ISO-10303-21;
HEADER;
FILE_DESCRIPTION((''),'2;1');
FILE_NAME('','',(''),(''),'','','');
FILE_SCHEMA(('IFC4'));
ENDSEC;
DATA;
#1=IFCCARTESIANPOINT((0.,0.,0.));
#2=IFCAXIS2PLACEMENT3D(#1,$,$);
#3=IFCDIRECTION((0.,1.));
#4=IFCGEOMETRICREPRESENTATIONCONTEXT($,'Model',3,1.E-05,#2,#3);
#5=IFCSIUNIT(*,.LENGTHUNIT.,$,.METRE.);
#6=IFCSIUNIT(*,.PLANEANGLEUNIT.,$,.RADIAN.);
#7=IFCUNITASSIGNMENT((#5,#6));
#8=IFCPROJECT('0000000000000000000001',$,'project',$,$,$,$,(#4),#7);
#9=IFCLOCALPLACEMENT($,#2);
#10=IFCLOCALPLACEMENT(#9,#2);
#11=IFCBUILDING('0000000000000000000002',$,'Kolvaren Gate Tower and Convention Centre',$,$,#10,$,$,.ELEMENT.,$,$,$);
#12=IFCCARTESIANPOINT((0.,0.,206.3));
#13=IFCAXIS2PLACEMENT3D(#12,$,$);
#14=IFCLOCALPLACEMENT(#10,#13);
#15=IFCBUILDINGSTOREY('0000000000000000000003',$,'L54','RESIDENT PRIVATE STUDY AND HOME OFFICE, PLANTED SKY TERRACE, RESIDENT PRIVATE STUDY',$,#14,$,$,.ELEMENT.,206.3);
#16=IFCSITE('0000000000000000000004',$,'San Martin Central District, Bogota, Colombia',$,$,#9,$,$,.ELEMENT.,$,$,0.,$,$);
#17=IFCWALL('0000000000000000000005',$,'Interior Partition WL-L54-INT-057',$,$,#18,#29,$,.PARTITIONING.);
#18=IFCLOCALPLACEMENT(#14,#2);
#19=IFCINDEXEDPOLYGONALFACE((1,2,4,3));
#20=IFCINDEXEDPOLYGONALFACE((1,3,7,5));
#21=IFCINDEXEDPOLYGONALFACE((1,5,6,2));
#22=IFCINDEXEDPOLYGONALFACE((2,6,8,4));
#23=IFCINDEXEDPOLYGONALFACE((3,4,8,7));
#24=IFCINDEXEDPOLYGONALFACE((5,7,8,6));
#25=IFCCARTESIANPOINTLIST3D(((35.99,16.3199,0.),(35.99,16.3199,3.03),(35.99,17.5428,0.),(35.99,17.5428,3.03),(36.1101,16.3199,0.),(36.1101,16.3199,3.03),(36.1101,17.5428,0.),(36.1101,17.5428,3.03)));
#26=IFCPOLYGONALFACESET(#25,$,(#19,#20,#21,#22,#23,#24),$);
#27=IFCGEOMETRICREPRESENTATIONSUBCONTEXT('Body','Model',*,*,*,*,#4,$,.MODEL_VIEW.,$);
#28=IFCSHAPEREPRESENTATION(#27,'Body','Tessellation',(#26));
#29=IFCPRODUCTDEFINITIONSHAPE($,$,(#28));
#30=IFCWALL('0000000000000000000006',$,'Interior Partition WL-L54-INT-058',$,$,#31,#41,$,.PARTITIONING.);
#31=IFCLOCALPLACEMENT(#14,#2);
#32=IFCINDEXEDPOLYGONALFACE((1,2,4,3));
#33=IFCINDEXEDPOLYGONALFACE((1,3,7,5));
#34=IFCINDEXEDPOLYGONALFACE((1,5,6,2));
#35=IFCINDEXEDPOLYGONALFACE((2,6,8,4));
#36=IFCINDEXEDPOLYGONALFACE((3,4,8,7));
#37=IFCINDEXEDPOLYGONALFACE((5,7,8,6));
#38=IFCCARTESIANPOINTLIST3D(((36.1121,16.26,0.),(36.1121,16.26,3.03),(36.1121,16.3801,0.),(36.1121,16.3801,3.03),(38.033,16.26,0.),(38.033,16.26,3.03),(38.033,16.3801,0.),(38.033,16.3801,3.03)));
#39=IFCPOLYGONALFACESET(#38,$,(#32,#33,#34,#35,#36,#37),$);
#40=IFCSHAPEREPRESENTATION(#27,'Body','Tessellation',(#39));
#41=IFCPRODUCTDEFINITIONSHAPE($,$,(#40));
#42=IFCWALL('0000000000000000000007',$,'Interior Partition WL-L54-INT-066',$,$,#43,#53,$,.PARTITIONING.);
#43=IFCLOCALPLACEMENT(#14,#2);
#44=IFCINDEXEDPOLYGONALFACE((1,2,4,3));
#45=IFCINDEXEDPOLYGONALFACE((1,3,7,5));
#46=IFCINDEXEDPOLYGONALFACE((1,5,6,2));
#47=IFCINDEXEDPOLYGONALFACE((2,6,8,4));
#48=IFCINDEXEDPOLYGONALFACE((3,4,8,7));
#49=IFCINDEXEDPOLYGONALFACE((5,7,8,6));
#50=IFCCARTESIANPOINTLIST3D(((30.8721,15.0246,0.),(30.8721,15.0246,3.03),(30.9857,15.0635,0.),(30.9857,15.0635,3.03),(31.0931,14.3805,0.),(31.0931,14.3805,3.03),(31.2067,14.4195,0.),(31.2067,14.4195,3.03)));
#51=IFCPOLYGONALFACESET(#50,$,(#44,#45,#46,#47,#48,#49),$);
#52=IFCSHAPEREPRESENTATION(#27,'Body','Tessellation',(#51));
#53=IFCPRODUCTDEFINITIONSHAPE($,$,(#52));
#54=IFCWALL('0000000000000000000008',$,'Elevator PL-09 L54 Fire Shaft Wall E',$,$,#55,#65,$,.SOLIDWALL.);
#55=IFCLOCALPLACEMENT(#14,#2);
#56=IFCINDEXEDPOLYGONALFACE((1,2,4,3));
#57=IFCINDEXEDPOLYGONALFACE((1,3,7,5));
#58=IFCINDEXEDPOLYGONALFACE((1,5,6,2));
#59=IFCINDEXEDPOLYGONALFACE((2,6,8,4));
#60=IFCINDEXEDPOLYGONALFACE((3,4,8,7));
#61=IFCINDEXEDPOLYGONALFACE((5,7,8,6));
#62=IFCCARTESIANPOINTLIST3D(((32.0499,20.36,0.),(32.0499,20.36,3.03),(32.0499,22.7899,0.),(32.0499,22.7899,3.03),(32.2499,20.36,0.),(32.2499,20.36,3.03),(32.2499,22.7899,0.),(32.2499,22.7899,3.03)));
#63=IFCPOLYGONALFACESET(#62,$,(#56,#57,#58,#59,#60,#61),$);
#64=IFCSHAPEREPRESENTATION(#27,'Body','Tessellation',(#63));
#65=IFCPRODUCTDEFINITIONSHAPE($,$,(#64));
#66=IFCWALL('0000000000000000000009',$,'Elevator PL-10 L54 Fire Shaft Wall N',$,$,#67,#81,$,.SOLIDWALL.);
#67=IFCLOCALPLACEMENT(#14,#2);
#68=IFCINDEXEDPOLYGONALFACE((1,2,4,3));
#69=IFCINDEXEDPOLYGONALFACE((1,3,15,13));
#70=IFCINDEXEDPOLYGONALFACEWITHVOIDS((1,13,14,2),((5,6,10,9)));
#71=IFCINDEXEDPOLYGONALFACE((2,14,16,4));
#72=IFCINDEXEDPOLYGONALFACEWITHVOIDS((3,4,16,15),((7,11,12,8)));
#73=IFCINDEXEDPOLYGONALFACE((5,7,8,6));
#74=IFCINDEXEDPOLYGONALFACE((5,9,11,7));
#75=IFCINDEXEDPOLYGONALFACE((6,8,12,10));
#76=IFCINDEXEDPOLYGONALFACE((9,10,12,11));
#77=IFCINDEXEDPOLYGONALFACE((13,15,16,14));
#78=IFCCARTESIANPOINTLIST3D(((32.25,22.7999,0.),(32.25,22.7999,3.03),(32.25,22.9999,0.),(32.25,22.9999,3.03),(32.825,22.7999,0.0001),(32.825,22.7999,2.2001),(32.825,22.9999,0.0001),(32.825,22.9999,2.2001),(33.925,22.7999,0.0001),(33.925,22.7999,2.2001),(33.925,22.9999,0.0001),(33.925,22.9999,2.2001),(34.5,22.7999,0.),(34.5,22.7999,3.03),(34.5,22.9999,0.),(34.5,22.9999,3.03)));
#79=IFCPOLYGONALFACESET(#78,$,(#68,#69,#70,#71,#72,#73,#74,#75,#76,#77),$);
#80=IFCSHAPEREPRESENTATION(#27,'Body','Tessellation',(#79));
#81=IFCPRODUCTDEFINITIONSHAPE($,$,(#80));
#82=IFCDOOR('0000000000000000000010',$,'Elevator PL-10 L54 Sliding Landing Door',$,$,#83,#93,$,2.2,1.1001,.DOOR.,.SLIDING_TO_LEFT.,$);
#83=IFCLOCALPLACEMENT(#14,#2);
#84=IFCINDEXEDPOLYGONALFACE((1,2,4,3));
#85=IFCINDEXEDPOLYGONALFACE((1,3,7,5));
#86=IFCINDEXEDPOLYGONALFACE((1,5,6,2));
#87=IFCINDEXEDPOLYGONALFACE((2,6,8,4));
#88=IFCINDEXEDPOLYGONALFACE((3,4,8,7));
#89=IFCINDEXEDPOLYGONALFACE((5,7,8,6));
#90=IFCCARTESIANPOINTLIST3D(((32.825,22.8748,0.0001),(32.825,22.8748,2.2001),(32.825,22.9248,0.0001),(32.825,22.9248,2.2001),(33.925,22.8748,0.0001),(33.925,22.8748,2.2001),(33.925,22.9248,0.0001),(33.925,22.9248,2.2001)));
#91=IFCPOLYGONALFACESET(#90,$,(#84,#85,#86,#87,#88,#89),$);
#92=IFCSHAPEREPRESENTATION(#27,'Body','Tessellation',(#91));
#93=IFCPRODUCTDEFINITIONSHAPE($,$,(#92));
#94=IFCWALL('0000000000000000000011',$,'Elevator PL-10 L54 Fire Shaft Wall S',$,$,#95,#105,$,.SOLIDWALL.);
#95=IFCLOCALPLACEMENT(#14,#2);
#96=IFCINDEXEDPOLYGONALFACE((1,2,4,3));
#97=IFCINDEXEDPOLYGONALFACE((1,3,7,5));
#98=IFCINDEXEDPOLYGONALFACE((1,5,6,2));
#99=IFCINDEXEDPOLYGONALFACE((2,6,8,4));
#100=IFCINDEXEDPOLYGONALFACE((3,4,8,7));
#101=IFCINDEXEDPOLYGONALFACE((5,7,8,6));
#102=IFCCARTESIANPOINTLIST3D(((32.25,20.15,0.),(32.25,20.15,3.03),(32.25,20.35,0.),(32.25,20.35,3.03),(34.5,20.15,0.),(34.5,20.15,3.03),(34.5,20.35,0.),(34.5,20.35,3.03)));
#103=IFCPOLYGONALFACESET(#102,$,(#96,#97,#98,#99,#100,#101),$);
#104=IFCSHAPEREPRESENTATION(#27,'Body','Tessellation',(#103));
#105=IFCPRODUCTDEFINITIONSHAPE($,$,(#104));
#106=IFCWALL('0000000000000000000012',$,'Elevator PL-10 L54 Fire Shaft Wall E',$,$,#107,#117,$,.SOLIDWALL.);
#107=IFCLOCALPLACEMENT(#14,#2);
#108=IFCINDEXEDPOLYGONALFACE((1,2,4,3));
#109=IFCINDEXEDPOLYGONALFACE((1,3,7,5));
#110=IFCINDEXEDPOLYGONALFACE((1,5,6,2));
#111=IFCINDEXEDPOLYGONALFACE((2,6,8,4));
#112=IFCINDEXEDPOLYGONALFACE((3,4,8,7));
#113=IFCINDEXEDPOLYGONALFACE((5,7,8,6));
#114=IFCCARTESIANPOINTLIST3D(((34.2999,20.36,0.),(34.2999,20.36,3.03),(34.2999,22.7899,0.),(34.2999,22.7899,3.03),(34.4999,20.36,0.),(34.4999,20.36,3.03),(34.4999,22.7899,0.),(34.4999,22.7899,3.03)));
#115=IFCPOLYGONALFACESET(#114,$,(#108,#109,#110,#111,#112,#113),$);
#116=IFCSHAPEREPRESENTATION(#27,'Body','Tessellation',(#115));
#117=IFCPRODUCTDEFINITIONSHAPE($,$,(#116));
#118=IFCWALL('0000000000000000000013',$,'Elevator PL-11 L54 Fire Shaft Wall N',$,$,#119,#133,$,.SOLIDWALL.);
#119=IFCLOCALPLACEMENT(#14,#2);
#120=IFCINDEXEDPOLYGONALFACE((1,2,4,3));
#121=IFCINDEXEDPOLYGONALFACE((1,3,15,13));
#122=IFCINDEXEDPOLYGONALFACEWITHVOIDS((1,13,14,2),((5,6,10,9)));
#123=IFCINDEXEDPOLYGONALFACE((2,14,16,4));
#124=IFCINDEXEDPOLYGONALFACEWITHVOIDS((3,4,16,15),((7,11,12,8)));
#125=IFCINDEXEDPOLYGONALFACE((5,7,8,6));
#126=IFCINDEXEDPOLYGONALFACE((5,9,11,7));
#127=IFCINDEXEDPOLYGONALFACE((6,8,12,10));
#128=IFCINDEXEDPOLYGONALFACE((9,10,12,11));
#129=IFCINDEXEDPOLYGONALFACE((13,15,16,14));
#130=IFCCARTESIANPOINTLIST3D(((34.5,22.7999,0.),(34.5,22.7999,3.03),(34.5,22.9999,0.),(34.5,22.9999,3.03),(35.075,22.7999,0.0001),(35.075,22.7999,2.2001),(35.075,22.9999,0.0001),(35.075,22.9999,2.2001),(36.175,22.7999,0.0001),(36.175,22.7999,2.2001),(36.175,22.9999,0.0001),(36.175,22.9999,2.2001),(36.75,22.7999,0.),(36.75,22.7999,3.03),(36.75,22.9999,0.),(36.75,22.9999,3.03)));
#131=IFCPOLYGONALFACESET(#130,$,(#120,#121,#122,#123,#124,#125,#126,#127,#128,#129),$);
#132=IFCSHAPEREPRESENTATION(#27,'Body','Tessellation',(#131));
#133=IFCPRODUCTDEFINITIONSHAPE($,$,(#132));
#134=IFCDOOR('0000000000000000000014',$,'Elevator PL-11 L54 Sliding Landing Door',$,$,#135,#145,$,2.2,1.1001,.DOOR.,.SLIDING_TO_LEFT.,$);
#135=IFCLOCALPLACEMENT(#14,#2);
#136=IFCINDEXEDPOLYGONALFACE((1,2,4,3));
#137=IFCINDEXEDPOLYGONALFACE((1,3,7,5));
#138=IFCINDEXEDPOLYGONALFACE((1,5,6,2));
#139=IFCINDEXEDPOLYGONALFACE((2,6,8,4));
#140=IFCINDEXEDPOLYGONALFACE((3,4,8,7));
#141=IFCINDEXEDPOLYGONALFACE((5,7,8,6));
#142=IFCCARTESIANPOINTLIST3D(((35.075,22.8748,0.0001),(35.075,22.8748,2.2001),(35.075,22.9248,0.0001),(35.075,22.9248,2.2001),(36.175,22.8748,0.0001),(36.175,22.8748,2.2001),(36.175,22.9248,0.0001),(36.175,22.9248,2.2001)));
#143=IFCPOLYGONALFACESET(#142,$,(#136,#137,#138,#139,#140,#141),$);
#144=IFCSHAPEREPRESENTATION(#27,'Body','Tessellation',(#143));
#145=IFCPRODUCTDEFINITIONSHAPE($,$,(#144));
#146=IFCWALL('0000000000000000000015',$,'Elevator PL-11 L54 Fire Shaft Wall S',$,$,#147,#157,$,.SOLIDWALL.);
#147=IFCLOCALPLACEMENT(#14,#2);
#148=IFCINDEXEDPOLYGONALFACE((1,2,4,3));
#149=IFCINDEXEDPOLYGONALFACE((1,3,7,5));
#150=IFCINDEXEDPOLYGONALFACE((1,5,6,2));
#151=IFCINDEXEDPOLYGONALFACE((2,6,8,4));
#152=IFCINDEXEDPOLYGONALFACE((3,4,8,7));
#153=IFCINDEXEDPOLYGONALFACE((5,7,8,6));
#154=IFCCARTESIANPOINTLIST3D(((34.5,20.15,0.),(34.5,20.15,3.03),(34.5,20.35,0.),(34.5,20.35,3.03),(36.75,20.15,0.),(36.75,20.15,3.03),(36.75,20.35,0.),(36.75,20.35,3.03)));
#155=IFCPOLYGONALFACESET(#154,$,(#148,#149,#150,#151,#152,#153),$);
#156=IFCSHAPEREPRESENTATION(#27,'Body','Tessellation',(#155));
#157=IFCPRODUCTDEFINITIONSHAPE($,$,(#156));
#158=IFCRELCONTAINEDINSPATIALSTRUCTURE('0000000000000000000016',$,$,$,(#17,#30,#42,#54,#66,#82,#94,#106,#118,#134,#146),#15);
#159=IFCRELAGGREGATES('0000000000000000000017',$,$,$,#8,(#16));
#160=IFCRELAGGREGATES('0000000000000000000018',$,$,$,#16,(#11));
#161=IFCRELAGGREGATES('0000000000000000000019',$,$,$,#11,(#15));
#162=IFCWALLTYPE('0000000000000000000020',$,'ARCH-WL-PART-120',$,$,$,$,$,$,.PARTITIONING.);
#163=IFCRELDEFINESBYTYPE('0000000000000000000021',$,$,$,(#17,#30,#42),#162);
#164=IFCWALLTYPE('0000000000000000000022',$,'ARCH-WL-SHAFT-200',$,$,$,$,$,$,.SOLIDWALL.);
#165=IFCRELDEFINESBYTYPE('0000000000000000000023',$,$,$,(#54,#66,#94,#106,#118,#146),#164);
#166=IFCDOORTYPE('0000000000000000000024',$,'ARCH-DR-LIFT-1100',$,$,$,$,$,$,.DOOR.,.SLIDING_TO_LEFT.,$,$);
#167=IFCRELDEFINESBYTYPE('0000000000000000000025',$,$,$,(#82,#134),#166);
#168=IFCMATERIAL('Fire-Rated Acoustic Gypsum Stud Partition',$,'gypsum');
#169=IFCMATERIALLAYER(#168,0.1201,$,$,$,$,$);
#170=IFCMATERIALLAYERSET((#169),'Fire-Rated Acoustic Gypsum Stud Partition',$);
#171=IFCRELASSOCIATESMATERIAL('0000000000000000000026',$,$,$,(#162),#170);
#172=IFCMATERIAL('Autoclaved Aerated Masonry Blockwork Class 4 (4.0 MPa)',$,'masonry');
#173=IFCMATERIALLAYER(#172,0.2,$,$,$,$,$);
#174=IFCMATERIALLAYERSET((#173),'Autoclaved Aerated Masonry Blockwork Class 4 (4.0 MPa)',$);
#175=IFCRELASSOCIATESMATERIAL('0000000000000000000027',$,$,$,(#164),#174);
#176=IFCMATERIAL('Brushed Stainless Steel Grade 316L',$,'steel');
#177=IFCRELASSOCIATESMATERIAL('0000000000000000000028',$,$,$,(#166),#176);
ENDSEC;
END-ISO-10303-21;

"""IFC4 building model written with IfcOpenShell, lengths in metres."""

from ifc_helpers import new_model, si_unit, direction, frame, frame_2d, origin, place, context, subcontext, project, spatial, rectangle, extrude, material, layer, layer_set, type_object, element, fill, save


model = new_model("IFC4")

# Units and contexts
model_context = context("Model", 3, precision=1e-05, world=origin(), true_north=direction((0.0, 1.0)))
body_context = subcontext(model_context, "Body", "Model", "MODEL_VIEW")
ifc_project = project(units=[si_unit("LENGTHUNIT", "METRE"), si_unit("PLANEANGLEUNIT", "RADIAN")], contexts=[model_context])

# Site, building, storey
site_placement = place(None, origin())
site = spatial("IfcSite", under=ifc_project, at=site_placement, Name="San Martin Central District, Bogota, Colombia", CompositionType="ELEMENT", RefElevation=0.0)
building_placement = place(site_placement, origin())
building = spatial("IfcBuilding", under=site, at=building_placement, Name="Kolvaren Gate Tower and Convention Centre", CompositionType="ELEMENT")
storey_placement = place(building_placement, frame((0.0, 0.0, 206.3)))
storey = spatial("IfcBuildingStorey", under=building, at=storey_placement, Name="L54", Description="RESIDENT PRIVATE STUDY AND HOME OFFICE, PLANTED SKY TERRACE, RESIDENT PRIVATE STUDY", CompositionType="ELEMENT", Elevation=206.3)

# Walls
ifc_material_1 = material(Name="Fire-Rated Acoustic Gypsum Stud Partition", Category="gypsum")
ifc_layer_1 = layer(ifc_material_1, 0.1201)
ifc_layer_set_1 = layer_set([ifc_layer_1], Name="Fire-Rated Acoustic Gypsum Stud Partition")
wall_type_1 = type_object("IfcWallType", Name="ARCH-WL-PART-120", PredefinedType="PARTITIONING", material=ifc_layer_set_1)
wall_1_placement = place(storey_placement, frame((36.05, 16.3201, 0.0), z_axis=(0.0, 0.0, 1.0), x_axis=(0.0, 1.0, 0.0)))
element("IfcWall", 1, at=wall_1_placement, inside=storey, type_object=wall_type_1, Name="Interior Partition WL-L54-INT-057", PredefinedType="PARTITIONING", context=body_context, shape_type="SweptSolid", body=[
    extrude(rectangle(XDim=1.2229, YDim=0.1201, at=frame_2d((0.6113, 0.0))), origin(), (0.0, 0.0, 1.0), 3.03),
])
wall_2_placement = place(storey_placement, frame((36.1121, 16.3201, 0.0), z_axis=(0.0, 0.0, 1.0), x_axis=(1.0, 0.0, 0.0)))
element("IfcWall", 2, at=wall_2_placement, inside=storey, type_object=wall_type_1, Name="Interior Partition WL-L54-INT-058", PredefinedType="PARTITIONING", context=body_context, shape_type="SweptSolid", body=[
    extrude(rectangle(XDim=1.9209, YDim=0.1201, at=frame_2d((0.9604, 0.0))), origin(), (0.0, 0.0, 1.0), 3.03),
])
wall_3_placement = place(storey_placement, frame((30.929, 15.0439, 0.0), z_axis=(0.0, 0.0, 1.0), x_axis=(0.324498, -0.945886, 0.0)))
element("IfcWall", 3, at=wall_3_placement, inside=storey, type_object=wall_type_1, Name="Interior Partition WL-L54-INT-066", PredefinedType="PARTITIONING", context=body_context, shape_type="SweptSolid", body=[
    extrude(rectangle(XDim=0.6809, YDim=0.1201, at=frame_2d((0.3403, 0.0))), origin(), (0.0, 0.0, 1.0), 3.03),
])
ifc_material_2 = material(Name="Autoclaved Aerated Masonry Blockwork Class 4 (4.0 MPa)", Category="masonry")
ifc_layer_2 = layer(ifc_material_2, 0.2)
ifc_layer_set_2 = layer_set([ifc_layer_2], Name="Autoclaved Aerated Masonry Blockwork Class 4 (4.0 MPa)")
wall_type_2 = type_object("IfcWallType", Name="ARCH-WL-SHAFT-200", PredefinedType="SOLIDWALL", material=ifc_layer_set_2)
wall_4_placement = place(storey_placement, frame((32.1499, 20.3601, 0.0), z_axis=(0.0, 0.0, 1.0), x_axis=(0.0, 1.0, 0.0)))
element("IfcWall", 4, at=wall_4_placement, inside=storey, type_object=wall_type_2, Name="Elevator PL-09 L54 Fire Shaft Wall E", PredefinedType="SOLIDWALL", context=body_context, shape_type="SweptSolid", body=[
    extrude(rectangle(XDim=2.4299, YDim=0.2, at=frame_2d((1.2148, 0.0))), origin(), (0.0, 0.0, 1.0), 3.03),
])

# Wall, opening, door
wall_5_placement = place(storey_placement, frame((32.25, 22.8999, 0.0), z_axis=(0.0, 0.0, 1.0), x_axis=(1.0, 0.0, 0.0)))
wall_5 = element("IfcWall", 5, at=wall_5_placement, inside=storey, type_object=wall_type_2, Name="Elevator PL-10 L54 Fire Shaft Wall N", PredefinedType="SOLIDWALL", context=body_context, shape_type="SweptSolid", body=[
    extrude(rectangle(XDim=2.25, YDim=0.2, at=frame_2d((1.125, 0.0))), origin(), (0.0, 0.0, 1.0), 3.03),
])
opening_1_placement = place(wall_5_placement, frame((0.575, 0.0, 0.0)))
opening_1 = element("IfcOpeningElement", 6, at=opening_1_placement, cuts=wall_5, PredefinedType="OPENING", context=body_context, shape_type="SweptSolid", body=[
    extrude(rectangle(XDim=1.1001, YDim=2.2, at=frame_2d((0.55, 1.1001))), frame((0.0, 0.1099, 0.0), z_axis=(0.0, -1.0, 0.0), x_axis=(1.0, 0.0, 0.0)), (0.0, 0.0, 1.0), 0.22),
])
ifc_material_3 = material(Name="Brushed Stainless Steel Grade 316L", Category="steel")
door_type_1 = type_object("IfcDoorType", Name="ARCH-DR-LIFT-1100", OperationType="SLIDING_TO_LEFT", PredefinedType="DOOR", material=ifc_material_3)
door_1_placement = place(opening_1_placement, origin())
door_1 = element("IfcDoor", 7, at=door_1_placement, inside=storey, type_object=door_type_1, Name="Elevator PL-10 L54 Sliding Landing Door", OperationType="SLIDING_TO_LEFT", OverallHeight=2.2, OverallWidth=1.1001, PredefinedType="DOOR", context=body_context, shape_type="SweptSolid", body=[
    extrude(rectangle(XDim=1.1001, YDim=2.2, at=frame_2d((0.55, 1.1001))), frame((0.0, 0.0249, 0.0), z_axis=(0.0, -1.0, 0.0), x_axis=(1.0, 0.0, 0.0)), (0.0, 0.0, 1.0), 0.05),
])
fill(opening_1, door_1)

# Walls
wall_6_placement = place(storey_placement, frame((32.25, 20.25, 0.0), z_axis=(0.0, 0.0, 1.0), x_axis=(1.0, 0.0, 0.0)))
element("IfcWall", 8, at=wall_6_placement, inside=storey, type_object=wall_type_2, Name="Elevator PL-10 L54 Fire Shaft Wall S", PredefinedType="SOLIDWALL", context=body_context, shape_type="SweptSolid", body=[
    extrude(rectangle(XDim=2.25, YDim=0.2, at=frame_2d((1.125, 0.0))), origin(), (0.0, 0.0, 1.0), 3.03),
])
wall_7_placement = place(storey_placement, frame((34.3999, 20.3601, 0.0), z_axis=(0.0, 0.0, 1.0), x_axis=(0.0, 1.0, 0.0)))
element("IfcWall", 9, at=wall_7_placement, inside=storey, type_object=wall_type_2, Name="Elevator PL-10 L54 Fire Shaft Wall E", PredefinedType="SOLIDWALL", context=body_context, shape_type="SweptSolid", body=[
    extrude(rectangle(XDim=2.4299, YDim=0.2, at=frame_2d((1.2148, 0.0))), origin(), (0.0, 0.0, 1.0), 3.03),
])

# Wall, opening, door
wall_8_placement = place(storey_placement, frame((34.5, 22.8999, 0.0), z_axis=(0.0, 0.0, 1.0), x_axis=(1.0, 0.0, 0.0)))
wall_8 = element("IfcWall", 10, at=wall_8_placement, inside=storey, type_object=wall_type_2, Name="Elevator PL-11 L54 Fire Shaft Wall N", PredefinedType="SOLIDWALL", context=body_context, shape_type="SweptSolid", body=[
    extrude(rectangle(XDim=2.25, YDim=0.2, at=frame_2d((1.125, 0.0))), origin(), (0.0, 0.0, 1.0), 3.03),
])
opening_2_placement = place(wall_8_placement, frame((0.575, 0.0, 0.0)))
opening_2 = element("IfcOpeningElement", 11, at=opening_2_placement, cuts=wall_8, PredefinedType="OPENING", context=body_context, shape_type="SweptSolid", body=[
    extrude(rectangle(XDim=1.1001, YDim=2.2, at=frame_2d((0.55, 1.1001))), frame((0.0, 0.1099, 0.0), z_axis=(0.0, -1.0, 0.0), x_axis=(1.0, 0.0, 0.0)), (0.0, 0.0, 1.0), 0.22),
])
door_2_placement = place(opening_2_placement, origin())
door_2 = element("IfcDoor", 12, at=door_2_placement, inside=storey, type_object=door_type_1, Name="Elevator PL-11 L54 Sliding Landing Door", OperationType="SLIDING_TO_LEFT", OverallHeight=2.2, OverallWidth=1.1001, PredefinedType="DOOR", context=body_context, shape_type="SweptSolid", body=[
    extrude(rectangle(XDim=1.1001, YDim=2.2, at=frame_2d((0.55, 1.1001))), frame((0.0, 0.0249, 0.0), z_axis=(0.0, -1.0, 0.0), x_axis=(1.0, 0.0, 0.0)), (0.0, 0.0, 1.0), 0.05),
])
fill(opening_2, door_2)

# Wall
wall_9_placement = place(storey_placement, frame((34.5, 20.25, 0.0), z_axis=(0.0, 0.0, 1.0), x_axis=(1.0, 0.0, 0.0)))
element("IfcWall", 13, at=wall_9_placement, inside=storey, type_object=wall_type_2, Name="Elevator PL-11 L54 Fire Shaft Wall S", PredefinedType="SOLIDWALL", context=body_context, shape_type="SweptSolid", body=[
    extrude(rectangle(XDim=2.25, YDim=0.2, at=frame_2d((1.125, 0.0))), origin(), (0.0, 0.0, 1.0), 3.03),
])

save(model, "model.ifc")
